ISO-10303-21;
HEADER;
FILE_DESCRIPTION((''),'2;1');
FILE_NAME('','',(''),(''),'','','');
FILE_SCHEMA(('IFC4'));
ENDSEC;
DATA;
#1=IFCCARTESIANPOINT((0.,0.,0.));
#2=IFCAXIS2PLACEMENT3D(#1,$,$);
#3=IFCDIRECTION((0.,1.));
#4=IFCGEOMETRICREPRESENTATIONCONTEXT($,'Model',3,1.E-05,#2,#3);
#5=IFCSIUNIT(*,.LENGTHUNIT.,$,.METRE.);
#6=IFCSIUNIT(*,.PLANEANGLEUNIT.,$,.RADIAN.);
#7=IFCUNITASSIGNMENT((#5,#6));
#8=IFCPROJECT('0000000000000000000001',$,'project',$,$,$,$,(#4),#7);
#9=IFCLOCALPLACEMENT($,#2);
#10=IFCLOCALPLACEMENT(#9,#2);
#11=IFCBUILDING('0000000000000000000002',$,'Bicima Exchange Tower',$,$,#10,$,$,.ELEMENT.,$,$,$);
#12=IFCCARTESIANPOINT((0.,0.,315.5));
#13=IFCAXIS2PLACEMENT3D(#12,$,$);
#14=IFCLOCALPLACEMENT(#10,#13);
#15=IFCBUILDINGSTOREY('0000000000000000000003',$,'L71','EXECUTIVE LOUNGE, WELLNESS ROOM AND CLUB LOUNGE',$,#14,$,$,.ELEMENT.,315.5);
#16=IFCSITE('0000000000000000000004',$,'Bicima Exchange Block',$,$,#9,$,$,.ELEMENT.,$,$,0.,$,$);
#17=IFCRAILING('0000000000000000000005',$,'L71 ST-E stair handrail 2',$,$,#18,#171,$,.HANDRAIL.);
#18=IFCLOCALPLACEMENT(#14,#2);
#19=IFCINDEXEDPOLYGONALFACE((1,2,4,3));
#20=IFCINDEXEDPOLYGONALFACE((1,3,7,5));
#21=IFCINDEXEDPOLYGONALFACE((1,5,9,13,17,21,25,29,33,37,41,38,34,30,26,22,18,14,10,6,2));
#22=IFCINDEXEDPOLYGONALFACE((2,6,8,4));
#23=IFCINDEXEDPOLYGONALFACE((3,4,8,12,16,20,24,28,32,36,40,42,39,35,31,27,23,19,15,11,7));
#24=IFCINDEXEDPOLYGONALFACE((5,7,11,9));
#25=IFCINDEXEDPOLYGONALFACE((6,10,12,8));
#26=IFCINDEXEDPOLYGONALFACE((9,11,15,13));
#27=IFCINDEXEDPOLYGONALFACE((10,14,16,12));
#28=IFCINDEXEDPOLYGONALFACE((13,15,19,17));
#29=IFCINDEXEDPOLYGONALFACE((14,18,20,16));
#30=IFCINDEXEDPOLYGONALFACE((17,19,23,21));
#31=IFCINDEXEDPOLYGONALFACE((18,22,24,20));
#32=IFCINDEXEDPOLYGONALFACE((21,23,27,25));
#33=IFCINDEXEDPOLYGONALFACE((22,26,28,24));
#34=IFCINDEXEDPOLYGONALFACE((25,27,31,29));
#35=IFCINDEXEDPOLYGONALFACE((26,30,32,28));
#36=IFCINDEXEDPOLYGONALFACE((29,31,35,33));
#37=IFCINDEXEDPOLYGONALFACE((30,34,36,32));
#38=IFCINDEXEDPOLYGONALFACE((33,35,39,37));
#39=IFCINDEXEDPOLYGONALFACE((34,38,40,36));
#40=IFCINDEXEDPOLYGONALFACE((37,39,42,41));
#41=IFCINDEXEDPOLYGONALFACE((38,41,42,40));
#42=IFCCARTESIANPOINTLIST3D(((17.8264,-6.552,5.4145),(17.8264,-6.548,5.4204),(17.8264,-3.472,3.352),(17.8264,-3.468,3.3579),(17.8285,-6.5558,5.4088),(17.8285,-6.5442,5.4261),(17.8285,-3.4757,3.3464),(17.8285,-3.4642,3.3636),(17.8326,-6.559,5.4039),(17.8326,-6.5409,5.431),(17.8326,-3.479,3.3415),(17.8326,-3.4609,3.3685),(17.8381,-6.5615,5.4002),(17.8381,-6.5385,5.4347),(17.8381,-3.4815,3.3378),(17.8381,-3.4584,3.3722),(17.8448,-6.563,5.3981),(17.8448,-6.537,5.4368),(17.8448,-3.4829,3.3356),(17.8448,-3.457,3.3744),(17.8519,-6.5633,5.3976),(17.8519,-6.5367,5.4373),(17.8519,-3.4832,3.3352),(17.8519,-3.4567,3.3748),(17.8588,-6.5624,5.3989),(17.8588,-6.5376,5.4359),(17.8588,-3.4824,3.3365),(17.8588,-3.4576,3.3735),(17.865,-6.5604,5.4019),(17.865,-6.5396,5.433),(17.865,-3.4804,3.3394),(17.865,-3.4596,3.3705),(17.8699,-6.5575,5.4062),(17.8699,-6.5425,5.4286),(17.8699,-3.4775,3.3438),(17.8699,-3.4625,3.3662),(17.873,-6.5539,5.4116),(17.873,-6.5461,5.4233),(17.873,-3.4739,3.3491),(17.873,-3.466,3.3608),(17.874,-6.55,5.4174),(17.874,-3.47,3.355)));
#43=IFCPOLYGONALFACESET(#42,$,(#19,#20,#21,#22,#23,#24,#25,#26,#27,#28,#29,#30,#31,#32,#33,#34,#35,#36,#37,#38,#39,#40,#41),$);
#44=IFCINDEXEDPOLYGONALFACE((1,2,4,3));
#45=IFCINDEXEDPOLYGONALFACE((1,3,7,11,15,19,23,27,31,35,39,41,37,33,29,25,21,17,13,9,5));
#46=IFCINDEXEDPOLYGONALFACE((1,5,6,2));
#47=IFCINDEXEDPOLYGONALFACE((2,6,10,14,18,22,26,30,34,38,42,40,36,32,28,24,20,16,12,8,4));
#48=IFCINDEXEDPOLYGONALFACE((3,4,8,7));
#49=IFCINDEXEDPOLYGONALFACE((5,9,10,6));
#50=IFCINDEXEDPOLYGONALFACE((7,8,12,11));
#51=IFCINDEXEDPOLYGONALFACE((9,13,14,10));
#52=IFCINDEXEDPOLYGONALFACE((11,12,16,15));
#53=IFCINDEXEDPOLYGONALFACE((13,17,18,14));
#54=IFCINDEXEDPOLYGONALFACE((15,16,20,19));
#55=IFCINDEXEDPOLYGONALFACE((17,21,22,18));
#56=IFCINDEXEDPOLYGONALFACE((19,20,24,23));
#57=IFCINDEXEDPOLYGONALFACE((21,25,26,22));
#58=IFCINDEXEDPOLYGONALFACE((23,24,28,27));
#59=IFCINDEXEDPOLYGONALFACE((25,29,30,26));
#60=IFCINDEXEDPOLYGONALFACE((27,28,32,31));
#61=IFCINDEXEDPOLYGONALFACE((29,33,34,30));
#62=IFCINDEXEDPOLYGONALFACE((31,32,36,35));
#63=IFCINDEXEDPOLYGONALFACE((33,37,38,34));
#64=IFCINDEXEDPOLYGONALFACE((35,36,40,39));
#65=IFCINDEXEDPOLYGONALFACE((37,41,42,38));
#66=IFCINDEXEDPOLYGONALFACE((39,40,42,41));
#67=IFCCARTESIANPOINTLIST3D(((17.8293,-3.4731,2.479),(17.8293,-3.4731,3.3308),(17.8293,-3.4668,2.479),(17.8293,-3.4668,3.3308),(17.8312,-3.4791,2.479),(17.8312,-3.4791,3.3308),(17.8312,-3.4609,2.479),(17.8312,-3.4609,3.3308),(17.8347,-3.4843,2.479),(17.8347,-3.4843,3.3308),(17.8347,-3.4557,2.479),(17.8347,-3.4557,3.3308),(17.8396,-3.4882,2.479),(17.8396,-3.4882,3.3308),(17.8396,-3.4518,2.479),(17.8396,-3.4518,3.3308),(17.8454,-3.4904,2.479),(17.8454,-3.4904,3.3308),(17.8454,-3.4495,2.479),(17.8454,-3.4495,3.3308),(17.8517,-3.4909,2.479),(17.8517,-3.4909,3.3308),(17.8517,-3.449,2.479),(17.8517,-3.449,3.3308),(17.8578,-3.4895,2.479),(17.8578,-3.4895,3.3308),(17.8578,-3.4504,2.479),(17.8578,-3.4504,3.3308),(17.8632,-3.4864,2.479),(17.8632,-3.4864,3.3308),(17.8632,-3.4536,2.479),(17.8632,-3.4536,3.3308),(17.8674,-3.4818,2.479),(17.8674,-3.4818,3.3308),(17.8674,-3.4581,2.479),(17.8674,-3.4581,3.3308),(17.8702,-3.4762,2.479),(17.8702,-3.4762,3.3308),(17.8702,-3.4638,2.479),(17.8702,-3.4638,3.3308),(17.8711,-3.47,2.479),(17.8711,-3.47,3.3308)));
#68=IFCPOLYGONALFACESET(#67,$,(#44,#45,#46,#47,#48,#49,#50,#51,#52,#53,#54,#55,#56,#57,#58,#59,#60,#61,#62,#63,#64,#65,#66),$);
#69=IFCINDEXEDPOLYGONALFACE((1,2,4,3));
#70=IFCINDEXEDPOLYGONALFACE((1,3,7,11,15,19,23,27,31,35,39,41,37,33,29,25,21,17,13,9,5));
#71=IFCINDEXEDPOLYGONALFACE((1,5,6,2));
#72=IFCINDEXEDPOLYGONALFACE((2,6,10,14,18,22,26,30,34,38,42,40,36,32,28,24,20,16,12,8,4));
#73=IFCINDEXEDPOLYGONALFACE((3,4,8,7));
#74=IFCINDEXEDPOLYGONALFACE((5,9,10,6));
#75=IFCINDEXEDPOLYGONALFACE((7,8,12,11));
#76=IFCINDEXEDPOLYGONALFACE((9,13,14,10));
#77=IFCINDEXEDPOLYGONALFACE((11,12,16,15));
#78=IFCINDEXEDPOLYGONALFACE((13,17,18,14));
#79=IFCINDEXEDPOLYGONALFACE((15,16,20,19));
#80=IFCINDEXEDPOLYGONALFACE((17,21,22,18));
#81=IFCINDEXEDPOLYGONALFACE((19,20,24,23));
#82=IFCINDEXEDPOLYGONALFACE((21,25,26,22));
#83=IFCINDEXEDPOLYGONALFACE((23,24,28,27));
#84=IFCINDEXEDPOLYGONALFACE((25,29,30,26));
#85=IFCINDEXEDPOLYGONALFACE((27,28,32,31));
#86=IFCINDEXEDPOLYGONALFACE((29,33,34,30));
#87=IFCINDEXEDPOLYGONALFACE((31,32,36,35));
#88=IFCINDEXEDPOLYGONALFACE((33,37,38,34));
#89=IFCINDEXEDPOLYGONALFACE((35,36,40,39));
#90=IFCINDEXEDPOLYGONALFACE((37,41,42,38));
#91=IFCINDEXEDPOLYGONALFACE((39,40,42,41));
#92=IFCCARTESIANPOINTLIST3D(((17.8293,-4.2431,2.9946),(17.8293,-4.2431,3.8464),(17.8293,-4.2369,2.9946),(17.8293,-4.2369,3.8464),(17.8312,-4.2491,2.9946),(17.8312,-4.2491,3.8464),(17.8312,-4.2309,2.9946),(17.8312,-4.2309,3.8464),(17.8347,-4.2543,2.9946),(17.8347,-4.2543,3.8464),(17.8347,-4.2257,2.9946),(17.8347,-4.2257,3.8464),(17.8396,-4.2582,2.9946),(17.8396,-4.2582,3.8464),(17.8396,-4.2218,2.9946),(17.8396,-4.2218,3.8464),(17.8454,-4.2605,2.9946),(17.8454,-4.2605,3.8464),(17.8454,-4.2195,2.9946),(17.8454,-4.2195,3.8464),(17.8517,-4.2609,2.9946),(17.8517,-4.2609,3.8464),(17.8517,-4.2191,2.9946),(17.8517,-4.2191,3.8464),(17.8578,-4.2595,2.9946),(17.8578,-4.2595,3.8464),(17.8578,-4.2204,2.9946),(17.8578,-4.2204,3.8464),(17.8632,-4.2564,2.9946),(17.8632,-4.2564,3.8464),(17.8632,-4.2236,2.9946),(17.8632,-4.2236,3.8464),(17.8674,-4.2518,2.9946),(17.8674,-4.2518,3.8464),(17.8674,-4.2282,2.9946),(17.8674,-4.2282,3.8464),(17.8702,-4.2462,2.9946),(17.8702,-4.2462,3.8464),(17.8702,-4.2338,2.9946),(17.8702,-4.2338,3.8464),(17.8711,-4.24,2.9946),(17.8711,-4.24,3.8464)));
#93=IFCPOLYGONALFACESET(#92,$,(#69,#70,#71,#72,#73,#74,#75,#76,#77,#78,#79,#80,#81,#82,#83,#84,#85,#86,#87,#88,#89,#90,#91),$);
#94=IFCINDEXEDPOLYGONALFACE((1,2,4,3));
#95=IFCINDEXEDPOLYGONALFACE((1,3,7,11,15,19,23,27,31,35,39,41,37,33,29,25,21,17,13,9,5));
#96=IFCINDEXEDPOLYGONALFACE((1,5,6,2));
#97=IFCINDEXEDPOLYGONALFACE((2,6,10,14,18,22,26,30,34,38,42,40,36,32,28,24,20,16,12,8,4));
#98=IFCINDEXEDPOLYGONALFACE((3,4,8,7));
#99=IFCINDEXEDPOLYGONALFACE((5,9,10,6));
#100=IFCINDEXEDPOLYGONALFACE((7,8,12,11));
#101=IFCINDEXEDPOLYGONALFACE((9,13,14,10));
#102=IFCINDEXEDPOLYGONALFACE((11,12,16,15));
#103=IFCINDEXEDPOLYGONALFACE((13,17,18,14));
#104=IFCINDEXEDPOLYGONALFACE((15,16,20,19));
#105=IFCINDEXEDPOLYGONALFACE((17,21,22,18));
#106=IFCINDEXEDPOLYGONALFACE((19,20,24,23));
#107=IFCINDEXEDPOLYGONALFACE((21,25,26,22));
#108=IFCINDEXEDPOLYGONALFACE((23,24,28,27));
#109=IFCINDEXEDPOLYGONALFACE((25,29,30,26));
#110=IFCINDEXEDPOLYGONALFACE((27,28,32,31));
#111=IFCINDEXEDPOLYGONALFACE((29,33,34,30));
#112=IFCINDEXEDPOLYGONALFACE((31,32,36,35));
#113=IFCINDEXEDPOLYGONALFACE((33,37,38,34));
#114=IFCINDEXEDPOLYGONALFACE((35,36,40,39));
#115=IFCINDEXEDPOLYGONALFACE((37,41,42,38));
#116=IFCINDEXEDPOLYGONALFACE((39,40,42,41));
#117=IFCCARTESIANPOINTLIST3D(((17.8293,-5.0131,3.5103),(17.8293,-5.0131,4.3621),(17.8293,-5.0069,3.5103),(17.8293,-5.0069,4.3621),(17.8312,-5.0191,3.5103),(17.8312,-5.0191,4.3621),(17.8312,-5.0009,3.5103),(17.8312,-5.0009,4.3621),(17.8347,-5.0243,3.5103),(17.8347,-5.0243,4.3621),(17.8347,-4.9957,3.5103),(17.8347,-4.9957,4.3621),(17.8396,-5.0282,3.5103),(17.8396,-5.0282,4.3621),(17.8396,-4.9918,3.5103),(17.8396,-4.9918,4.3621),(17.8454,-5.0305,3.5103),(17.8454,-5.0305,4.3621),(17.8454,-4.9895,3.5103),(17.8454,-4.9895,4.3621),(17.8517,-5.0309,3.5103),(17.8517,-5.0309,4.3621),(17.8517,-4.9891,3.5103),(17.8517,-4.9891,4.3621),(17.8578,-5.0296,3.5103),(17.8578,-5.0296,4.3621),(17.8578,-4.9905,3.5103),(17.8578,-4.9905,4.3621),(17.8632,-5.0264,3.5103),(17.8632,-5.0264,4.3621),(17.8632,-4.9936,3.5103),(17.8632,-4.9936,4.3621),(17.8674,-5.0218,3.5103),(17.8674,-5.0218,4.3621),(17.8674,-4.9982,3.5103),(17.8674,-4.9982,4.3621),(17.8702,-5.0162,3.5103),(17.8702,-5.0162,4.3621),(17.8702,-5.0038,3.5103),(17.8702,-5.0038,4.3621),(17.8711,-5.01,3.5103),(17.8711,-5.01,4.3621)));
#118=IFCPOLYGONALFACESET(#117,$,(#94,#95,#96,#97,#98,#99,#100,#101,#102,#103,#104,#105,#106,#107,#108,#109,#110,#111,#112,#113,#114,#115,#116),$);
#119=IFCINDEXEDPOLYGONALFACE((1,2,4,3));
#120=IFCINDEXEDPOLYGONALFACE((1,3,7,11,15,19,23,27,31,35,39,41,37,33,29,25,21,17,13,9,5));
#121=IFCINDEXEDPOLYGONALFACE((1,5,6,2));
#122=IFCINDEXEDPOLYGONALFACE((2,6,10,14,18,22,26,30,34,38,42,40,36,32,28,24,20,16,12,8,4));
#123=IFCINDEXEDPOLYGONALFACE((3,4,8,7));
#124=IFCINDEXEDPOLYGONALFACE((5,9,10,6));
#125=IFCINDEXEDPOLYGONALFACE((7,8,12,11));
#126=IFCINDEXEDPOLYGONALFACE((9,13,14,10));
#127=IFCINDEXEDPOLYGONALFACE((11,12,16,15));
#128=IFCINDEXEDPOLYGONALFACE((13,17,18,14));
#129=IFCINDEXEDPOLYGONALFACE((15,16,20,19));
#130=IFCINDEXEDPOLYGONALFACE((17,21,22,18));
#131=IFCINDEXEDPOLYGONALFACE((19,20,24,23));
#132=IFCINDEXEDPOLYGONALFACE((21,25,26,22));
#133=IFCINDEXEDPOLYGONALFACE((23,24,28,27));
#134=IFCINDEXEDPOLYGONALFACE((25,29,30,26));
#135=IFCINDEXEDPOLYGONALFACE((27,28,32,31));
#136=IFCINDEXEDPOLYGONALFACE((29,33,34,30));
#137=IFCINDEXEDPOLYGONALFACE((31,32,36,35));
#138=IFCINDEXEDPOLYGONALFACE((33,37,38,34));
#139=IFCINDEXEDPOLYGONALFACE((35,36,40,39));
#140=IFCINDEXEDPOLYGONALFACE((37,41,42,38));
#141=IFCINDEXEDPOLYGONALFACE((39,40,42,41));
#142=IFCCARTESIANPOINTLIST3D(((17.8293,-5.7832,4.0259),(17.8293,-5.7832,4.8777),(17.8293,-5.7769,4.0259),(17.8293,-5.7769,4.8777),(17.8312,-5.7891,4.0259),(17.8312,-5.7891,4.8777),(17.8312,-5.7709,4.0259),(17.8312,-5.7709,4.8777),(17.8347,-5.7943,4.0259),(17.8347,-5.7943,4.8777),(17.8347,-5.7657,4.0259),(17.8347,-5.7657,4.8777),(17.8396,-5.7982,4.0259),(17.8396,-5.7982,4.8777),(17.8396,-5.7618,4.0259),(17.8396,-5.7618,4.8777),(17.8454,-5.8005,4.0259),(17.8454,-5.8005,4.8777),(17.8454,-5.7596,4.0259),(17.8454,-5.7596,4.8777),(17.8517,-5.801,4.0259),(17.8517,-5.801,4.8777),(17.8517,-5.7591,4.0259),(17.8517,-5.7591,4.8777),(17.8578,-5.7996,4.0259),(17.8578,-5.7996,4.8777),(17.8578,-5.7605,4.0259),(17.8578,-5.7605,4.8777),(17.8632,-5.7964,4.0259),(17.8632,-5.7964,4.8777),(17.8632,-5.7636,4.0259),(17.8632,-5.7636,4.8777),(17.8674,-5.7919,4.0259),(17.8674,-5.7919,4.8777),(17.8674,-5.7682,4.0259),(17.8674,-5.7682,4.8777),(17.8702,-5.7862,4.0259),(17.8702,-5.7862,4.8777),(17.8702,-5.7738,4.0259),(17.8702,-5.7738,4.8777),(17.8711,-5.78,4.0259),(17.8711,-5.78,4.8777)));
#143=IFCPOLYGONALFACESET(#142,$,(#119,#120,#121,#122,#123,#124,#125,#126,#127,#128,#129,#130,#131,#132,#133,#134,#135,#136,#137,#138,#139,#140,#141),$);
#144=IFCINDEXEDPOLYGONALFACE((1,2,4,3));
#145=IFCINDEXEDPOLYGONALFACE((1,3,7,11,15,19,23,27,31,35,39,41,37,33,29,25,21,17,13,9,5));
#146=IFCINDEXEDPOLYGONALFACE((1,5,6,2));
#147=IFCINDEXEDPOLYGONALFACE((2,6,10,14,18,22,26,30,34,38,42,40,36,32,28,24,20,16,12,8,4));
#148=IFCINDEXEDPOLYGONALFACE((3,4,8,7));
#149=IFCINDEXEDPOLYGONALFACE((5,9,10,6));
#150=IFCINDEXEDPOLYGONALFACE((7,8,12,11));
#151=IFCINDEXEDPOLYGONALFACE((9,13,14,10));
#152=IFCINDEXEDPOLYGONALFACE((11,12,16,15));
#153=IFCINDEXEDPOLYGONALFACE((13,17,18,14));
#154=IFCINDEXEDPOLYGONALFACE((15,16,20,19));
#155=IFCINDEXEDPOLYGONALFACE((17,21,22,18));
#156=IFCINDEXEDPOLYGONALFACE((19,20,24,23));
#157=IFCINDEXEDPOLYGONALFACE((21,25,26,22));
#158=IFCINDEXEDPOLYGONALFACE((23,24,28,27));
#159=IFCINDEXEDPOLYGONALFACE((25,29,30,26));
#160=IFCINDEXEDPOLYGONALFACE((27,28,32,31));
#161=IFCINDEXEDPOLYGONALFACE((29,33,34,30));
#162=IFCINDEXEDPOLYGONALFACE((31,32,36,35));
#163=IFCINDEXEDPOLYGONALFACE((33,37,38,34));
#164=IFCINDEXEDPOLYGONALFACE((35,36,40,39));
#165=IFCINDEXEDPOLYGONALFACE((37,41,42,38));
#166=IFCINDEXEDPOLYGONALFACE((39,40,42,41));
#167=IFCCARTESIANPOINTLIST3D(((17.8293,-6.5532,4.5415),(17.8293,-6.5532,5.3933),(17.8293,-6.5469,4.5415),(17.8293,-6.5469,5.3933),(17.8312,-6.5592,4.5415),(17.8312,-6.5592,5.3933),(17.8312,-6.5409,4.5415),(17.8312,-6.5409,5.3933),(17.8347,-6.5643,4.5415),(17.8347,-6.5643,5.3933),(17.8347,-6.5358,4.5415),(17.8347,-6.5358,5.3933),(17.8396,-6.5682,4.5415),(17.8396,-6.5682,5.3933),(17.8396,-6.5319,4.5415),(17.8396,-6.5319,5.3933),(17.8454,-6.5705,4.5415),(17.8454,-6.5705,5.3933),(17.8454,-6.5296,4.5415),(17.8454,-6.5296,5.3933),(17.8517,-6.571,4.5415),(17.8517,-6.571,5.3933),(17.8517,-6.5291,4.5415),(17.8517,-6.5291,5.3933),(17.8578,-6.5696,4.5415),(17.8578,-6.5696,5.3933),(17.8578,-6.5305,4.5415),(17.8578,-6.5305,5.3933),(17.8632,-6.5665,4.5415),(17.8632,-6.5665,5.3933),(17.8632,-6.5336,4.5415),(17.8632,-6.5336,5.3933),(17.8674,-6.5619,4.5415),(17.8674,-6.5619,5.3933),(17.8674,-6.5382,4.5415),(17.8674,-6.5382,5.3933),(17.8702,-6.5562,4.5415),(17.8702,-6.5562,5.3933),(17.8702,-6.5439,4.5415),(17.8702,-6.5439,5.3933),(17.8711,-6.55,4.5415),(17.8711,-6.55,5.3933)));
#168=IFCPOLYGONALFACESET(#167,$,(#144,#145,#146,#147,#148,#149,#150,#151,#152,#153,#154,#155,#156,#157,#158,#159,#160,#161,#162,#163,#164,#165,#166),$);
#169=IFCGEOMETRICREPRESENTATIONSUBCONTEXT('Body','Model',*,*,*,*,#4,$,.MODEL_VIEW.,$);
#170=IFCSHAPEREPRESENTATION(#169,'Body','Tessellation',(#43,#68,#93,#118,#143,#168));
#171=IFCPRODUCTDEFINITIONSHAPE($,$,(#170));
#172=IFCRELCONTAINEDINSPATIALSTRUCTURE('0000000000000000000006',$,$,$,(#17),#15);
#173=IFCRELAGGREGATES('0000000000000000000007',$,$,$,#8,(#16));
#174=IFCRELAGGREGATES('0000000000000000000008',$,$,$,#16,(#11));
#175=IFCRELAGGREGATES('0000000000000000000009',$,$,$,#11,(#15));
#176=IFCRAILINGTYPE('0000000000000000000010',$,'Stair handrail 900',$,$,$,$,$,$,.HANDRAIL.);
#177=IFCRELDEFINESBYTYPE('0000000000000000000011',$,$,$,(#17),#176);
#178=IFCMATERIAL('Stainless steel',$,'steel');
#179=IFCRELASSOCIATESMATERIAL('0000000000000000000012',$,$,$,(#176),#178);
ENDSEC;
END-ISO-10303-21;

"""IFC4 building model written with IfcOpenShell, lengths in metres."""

from ifc_helpers import new_model, si_unit, direction, frame, origin, origin_2d, place, context, subcontext, project, spatial, circle, extrude, material, type_object, element, save


model = new_model("IFC4")

# Units and contexts
model_context = context("Model", 3, precision=1e-05, world=origin(), true_north=direction((0.0, 1.0)))
body_context = subcontext(model_context, "Body", "Model", "MODEL_VIEW")
ifc_project = project(units=[si_unit("LENGTHUNIT", "METRE"), si_unit("PLANEANGLEUNIT", "RADIAN")], contexts=[model_context])

# Site, building, storey
site_placement = place(None, origin())
site = spatial("IfcSite", under=ifc_project, at=site_placement, Name="Bicima Exchange Block", CompositionType="ELEMENT", RefElevation=0.0)
building_placement = place(site_placement, origin())
building = spatial("IfcBuilding", under=site, at=building_placement, Name="Bicima Exchange Tower", CompositionType="ELEMENT")
storey_placement = place(building_placement, frame((0.0, 0.0, 315.5)))
storey = spatial("IfcBuildingStorey", under=building, at=storey_placement, Name="L71", Description="EXECUTIVE LOUNGE, WELLNESS ROOM AND CLUB LOUNGE", CompositionType="ELEMENT", Elevation=315.5)

# Railing
ifc_material_1 = material(Name="Stainless steel", Category="steel")
railing_type_1 = type_object("IfcRailingType", Name="Stair handrail 900", PredefinedType="HANDRAIL", material=ifc_material_1)
for number, where, name in (
    (1, (17.8501, -3.47, 2.479), "L71 ST-E stair handrail 2"),
):
    element("IfcRailing", number, at=place(storey_placement, frame(where)), inside=storey, type_object=railing_type_1, Name=name, PredefinedType="HANDRAIL", context=body_context, shape_type="SweptSolid", body=[
        extrude(circle(Radius=0.0239, at=origin_2d()), frame((0.0, 0.0, 0.876), z_axis=(0.0, -0.830914, 0.556401), x_axis=(1.0, 0.0, 0.0)), (0.0, 0.0, 1.0), 3.7068),
        extrude(circle(Radius=0.021, at=origin_2d()), origin(), (0.0, 0.0, 1.0), 0.8518),
        extrude(circle(Radius=0.021, at=origin_2d()), frame((0.0, -0.77, 0.5156)), (0.0, 0.0, 1.0), 0.8518),
        extrude(circle(Radius=0.021, at=origin_2d()), frame((0.0, -1.54, 1.0312)), (0.0, 0.0, 1.0), 0.8518),
        extrude(circle(Radius=0.021, at=origin_2d()), frame((0.0, -2.3101, 1.5469)), (0.0, 0.0, 1.0), 0.8518),
        extrude(circle(Radius=0.021, at=origin_2d()), frame((0.0, -3.0801, 2.0625)), (0.0, 0.0, 1.0), 0.8518),
    ])

save(model, "model.ifc")
